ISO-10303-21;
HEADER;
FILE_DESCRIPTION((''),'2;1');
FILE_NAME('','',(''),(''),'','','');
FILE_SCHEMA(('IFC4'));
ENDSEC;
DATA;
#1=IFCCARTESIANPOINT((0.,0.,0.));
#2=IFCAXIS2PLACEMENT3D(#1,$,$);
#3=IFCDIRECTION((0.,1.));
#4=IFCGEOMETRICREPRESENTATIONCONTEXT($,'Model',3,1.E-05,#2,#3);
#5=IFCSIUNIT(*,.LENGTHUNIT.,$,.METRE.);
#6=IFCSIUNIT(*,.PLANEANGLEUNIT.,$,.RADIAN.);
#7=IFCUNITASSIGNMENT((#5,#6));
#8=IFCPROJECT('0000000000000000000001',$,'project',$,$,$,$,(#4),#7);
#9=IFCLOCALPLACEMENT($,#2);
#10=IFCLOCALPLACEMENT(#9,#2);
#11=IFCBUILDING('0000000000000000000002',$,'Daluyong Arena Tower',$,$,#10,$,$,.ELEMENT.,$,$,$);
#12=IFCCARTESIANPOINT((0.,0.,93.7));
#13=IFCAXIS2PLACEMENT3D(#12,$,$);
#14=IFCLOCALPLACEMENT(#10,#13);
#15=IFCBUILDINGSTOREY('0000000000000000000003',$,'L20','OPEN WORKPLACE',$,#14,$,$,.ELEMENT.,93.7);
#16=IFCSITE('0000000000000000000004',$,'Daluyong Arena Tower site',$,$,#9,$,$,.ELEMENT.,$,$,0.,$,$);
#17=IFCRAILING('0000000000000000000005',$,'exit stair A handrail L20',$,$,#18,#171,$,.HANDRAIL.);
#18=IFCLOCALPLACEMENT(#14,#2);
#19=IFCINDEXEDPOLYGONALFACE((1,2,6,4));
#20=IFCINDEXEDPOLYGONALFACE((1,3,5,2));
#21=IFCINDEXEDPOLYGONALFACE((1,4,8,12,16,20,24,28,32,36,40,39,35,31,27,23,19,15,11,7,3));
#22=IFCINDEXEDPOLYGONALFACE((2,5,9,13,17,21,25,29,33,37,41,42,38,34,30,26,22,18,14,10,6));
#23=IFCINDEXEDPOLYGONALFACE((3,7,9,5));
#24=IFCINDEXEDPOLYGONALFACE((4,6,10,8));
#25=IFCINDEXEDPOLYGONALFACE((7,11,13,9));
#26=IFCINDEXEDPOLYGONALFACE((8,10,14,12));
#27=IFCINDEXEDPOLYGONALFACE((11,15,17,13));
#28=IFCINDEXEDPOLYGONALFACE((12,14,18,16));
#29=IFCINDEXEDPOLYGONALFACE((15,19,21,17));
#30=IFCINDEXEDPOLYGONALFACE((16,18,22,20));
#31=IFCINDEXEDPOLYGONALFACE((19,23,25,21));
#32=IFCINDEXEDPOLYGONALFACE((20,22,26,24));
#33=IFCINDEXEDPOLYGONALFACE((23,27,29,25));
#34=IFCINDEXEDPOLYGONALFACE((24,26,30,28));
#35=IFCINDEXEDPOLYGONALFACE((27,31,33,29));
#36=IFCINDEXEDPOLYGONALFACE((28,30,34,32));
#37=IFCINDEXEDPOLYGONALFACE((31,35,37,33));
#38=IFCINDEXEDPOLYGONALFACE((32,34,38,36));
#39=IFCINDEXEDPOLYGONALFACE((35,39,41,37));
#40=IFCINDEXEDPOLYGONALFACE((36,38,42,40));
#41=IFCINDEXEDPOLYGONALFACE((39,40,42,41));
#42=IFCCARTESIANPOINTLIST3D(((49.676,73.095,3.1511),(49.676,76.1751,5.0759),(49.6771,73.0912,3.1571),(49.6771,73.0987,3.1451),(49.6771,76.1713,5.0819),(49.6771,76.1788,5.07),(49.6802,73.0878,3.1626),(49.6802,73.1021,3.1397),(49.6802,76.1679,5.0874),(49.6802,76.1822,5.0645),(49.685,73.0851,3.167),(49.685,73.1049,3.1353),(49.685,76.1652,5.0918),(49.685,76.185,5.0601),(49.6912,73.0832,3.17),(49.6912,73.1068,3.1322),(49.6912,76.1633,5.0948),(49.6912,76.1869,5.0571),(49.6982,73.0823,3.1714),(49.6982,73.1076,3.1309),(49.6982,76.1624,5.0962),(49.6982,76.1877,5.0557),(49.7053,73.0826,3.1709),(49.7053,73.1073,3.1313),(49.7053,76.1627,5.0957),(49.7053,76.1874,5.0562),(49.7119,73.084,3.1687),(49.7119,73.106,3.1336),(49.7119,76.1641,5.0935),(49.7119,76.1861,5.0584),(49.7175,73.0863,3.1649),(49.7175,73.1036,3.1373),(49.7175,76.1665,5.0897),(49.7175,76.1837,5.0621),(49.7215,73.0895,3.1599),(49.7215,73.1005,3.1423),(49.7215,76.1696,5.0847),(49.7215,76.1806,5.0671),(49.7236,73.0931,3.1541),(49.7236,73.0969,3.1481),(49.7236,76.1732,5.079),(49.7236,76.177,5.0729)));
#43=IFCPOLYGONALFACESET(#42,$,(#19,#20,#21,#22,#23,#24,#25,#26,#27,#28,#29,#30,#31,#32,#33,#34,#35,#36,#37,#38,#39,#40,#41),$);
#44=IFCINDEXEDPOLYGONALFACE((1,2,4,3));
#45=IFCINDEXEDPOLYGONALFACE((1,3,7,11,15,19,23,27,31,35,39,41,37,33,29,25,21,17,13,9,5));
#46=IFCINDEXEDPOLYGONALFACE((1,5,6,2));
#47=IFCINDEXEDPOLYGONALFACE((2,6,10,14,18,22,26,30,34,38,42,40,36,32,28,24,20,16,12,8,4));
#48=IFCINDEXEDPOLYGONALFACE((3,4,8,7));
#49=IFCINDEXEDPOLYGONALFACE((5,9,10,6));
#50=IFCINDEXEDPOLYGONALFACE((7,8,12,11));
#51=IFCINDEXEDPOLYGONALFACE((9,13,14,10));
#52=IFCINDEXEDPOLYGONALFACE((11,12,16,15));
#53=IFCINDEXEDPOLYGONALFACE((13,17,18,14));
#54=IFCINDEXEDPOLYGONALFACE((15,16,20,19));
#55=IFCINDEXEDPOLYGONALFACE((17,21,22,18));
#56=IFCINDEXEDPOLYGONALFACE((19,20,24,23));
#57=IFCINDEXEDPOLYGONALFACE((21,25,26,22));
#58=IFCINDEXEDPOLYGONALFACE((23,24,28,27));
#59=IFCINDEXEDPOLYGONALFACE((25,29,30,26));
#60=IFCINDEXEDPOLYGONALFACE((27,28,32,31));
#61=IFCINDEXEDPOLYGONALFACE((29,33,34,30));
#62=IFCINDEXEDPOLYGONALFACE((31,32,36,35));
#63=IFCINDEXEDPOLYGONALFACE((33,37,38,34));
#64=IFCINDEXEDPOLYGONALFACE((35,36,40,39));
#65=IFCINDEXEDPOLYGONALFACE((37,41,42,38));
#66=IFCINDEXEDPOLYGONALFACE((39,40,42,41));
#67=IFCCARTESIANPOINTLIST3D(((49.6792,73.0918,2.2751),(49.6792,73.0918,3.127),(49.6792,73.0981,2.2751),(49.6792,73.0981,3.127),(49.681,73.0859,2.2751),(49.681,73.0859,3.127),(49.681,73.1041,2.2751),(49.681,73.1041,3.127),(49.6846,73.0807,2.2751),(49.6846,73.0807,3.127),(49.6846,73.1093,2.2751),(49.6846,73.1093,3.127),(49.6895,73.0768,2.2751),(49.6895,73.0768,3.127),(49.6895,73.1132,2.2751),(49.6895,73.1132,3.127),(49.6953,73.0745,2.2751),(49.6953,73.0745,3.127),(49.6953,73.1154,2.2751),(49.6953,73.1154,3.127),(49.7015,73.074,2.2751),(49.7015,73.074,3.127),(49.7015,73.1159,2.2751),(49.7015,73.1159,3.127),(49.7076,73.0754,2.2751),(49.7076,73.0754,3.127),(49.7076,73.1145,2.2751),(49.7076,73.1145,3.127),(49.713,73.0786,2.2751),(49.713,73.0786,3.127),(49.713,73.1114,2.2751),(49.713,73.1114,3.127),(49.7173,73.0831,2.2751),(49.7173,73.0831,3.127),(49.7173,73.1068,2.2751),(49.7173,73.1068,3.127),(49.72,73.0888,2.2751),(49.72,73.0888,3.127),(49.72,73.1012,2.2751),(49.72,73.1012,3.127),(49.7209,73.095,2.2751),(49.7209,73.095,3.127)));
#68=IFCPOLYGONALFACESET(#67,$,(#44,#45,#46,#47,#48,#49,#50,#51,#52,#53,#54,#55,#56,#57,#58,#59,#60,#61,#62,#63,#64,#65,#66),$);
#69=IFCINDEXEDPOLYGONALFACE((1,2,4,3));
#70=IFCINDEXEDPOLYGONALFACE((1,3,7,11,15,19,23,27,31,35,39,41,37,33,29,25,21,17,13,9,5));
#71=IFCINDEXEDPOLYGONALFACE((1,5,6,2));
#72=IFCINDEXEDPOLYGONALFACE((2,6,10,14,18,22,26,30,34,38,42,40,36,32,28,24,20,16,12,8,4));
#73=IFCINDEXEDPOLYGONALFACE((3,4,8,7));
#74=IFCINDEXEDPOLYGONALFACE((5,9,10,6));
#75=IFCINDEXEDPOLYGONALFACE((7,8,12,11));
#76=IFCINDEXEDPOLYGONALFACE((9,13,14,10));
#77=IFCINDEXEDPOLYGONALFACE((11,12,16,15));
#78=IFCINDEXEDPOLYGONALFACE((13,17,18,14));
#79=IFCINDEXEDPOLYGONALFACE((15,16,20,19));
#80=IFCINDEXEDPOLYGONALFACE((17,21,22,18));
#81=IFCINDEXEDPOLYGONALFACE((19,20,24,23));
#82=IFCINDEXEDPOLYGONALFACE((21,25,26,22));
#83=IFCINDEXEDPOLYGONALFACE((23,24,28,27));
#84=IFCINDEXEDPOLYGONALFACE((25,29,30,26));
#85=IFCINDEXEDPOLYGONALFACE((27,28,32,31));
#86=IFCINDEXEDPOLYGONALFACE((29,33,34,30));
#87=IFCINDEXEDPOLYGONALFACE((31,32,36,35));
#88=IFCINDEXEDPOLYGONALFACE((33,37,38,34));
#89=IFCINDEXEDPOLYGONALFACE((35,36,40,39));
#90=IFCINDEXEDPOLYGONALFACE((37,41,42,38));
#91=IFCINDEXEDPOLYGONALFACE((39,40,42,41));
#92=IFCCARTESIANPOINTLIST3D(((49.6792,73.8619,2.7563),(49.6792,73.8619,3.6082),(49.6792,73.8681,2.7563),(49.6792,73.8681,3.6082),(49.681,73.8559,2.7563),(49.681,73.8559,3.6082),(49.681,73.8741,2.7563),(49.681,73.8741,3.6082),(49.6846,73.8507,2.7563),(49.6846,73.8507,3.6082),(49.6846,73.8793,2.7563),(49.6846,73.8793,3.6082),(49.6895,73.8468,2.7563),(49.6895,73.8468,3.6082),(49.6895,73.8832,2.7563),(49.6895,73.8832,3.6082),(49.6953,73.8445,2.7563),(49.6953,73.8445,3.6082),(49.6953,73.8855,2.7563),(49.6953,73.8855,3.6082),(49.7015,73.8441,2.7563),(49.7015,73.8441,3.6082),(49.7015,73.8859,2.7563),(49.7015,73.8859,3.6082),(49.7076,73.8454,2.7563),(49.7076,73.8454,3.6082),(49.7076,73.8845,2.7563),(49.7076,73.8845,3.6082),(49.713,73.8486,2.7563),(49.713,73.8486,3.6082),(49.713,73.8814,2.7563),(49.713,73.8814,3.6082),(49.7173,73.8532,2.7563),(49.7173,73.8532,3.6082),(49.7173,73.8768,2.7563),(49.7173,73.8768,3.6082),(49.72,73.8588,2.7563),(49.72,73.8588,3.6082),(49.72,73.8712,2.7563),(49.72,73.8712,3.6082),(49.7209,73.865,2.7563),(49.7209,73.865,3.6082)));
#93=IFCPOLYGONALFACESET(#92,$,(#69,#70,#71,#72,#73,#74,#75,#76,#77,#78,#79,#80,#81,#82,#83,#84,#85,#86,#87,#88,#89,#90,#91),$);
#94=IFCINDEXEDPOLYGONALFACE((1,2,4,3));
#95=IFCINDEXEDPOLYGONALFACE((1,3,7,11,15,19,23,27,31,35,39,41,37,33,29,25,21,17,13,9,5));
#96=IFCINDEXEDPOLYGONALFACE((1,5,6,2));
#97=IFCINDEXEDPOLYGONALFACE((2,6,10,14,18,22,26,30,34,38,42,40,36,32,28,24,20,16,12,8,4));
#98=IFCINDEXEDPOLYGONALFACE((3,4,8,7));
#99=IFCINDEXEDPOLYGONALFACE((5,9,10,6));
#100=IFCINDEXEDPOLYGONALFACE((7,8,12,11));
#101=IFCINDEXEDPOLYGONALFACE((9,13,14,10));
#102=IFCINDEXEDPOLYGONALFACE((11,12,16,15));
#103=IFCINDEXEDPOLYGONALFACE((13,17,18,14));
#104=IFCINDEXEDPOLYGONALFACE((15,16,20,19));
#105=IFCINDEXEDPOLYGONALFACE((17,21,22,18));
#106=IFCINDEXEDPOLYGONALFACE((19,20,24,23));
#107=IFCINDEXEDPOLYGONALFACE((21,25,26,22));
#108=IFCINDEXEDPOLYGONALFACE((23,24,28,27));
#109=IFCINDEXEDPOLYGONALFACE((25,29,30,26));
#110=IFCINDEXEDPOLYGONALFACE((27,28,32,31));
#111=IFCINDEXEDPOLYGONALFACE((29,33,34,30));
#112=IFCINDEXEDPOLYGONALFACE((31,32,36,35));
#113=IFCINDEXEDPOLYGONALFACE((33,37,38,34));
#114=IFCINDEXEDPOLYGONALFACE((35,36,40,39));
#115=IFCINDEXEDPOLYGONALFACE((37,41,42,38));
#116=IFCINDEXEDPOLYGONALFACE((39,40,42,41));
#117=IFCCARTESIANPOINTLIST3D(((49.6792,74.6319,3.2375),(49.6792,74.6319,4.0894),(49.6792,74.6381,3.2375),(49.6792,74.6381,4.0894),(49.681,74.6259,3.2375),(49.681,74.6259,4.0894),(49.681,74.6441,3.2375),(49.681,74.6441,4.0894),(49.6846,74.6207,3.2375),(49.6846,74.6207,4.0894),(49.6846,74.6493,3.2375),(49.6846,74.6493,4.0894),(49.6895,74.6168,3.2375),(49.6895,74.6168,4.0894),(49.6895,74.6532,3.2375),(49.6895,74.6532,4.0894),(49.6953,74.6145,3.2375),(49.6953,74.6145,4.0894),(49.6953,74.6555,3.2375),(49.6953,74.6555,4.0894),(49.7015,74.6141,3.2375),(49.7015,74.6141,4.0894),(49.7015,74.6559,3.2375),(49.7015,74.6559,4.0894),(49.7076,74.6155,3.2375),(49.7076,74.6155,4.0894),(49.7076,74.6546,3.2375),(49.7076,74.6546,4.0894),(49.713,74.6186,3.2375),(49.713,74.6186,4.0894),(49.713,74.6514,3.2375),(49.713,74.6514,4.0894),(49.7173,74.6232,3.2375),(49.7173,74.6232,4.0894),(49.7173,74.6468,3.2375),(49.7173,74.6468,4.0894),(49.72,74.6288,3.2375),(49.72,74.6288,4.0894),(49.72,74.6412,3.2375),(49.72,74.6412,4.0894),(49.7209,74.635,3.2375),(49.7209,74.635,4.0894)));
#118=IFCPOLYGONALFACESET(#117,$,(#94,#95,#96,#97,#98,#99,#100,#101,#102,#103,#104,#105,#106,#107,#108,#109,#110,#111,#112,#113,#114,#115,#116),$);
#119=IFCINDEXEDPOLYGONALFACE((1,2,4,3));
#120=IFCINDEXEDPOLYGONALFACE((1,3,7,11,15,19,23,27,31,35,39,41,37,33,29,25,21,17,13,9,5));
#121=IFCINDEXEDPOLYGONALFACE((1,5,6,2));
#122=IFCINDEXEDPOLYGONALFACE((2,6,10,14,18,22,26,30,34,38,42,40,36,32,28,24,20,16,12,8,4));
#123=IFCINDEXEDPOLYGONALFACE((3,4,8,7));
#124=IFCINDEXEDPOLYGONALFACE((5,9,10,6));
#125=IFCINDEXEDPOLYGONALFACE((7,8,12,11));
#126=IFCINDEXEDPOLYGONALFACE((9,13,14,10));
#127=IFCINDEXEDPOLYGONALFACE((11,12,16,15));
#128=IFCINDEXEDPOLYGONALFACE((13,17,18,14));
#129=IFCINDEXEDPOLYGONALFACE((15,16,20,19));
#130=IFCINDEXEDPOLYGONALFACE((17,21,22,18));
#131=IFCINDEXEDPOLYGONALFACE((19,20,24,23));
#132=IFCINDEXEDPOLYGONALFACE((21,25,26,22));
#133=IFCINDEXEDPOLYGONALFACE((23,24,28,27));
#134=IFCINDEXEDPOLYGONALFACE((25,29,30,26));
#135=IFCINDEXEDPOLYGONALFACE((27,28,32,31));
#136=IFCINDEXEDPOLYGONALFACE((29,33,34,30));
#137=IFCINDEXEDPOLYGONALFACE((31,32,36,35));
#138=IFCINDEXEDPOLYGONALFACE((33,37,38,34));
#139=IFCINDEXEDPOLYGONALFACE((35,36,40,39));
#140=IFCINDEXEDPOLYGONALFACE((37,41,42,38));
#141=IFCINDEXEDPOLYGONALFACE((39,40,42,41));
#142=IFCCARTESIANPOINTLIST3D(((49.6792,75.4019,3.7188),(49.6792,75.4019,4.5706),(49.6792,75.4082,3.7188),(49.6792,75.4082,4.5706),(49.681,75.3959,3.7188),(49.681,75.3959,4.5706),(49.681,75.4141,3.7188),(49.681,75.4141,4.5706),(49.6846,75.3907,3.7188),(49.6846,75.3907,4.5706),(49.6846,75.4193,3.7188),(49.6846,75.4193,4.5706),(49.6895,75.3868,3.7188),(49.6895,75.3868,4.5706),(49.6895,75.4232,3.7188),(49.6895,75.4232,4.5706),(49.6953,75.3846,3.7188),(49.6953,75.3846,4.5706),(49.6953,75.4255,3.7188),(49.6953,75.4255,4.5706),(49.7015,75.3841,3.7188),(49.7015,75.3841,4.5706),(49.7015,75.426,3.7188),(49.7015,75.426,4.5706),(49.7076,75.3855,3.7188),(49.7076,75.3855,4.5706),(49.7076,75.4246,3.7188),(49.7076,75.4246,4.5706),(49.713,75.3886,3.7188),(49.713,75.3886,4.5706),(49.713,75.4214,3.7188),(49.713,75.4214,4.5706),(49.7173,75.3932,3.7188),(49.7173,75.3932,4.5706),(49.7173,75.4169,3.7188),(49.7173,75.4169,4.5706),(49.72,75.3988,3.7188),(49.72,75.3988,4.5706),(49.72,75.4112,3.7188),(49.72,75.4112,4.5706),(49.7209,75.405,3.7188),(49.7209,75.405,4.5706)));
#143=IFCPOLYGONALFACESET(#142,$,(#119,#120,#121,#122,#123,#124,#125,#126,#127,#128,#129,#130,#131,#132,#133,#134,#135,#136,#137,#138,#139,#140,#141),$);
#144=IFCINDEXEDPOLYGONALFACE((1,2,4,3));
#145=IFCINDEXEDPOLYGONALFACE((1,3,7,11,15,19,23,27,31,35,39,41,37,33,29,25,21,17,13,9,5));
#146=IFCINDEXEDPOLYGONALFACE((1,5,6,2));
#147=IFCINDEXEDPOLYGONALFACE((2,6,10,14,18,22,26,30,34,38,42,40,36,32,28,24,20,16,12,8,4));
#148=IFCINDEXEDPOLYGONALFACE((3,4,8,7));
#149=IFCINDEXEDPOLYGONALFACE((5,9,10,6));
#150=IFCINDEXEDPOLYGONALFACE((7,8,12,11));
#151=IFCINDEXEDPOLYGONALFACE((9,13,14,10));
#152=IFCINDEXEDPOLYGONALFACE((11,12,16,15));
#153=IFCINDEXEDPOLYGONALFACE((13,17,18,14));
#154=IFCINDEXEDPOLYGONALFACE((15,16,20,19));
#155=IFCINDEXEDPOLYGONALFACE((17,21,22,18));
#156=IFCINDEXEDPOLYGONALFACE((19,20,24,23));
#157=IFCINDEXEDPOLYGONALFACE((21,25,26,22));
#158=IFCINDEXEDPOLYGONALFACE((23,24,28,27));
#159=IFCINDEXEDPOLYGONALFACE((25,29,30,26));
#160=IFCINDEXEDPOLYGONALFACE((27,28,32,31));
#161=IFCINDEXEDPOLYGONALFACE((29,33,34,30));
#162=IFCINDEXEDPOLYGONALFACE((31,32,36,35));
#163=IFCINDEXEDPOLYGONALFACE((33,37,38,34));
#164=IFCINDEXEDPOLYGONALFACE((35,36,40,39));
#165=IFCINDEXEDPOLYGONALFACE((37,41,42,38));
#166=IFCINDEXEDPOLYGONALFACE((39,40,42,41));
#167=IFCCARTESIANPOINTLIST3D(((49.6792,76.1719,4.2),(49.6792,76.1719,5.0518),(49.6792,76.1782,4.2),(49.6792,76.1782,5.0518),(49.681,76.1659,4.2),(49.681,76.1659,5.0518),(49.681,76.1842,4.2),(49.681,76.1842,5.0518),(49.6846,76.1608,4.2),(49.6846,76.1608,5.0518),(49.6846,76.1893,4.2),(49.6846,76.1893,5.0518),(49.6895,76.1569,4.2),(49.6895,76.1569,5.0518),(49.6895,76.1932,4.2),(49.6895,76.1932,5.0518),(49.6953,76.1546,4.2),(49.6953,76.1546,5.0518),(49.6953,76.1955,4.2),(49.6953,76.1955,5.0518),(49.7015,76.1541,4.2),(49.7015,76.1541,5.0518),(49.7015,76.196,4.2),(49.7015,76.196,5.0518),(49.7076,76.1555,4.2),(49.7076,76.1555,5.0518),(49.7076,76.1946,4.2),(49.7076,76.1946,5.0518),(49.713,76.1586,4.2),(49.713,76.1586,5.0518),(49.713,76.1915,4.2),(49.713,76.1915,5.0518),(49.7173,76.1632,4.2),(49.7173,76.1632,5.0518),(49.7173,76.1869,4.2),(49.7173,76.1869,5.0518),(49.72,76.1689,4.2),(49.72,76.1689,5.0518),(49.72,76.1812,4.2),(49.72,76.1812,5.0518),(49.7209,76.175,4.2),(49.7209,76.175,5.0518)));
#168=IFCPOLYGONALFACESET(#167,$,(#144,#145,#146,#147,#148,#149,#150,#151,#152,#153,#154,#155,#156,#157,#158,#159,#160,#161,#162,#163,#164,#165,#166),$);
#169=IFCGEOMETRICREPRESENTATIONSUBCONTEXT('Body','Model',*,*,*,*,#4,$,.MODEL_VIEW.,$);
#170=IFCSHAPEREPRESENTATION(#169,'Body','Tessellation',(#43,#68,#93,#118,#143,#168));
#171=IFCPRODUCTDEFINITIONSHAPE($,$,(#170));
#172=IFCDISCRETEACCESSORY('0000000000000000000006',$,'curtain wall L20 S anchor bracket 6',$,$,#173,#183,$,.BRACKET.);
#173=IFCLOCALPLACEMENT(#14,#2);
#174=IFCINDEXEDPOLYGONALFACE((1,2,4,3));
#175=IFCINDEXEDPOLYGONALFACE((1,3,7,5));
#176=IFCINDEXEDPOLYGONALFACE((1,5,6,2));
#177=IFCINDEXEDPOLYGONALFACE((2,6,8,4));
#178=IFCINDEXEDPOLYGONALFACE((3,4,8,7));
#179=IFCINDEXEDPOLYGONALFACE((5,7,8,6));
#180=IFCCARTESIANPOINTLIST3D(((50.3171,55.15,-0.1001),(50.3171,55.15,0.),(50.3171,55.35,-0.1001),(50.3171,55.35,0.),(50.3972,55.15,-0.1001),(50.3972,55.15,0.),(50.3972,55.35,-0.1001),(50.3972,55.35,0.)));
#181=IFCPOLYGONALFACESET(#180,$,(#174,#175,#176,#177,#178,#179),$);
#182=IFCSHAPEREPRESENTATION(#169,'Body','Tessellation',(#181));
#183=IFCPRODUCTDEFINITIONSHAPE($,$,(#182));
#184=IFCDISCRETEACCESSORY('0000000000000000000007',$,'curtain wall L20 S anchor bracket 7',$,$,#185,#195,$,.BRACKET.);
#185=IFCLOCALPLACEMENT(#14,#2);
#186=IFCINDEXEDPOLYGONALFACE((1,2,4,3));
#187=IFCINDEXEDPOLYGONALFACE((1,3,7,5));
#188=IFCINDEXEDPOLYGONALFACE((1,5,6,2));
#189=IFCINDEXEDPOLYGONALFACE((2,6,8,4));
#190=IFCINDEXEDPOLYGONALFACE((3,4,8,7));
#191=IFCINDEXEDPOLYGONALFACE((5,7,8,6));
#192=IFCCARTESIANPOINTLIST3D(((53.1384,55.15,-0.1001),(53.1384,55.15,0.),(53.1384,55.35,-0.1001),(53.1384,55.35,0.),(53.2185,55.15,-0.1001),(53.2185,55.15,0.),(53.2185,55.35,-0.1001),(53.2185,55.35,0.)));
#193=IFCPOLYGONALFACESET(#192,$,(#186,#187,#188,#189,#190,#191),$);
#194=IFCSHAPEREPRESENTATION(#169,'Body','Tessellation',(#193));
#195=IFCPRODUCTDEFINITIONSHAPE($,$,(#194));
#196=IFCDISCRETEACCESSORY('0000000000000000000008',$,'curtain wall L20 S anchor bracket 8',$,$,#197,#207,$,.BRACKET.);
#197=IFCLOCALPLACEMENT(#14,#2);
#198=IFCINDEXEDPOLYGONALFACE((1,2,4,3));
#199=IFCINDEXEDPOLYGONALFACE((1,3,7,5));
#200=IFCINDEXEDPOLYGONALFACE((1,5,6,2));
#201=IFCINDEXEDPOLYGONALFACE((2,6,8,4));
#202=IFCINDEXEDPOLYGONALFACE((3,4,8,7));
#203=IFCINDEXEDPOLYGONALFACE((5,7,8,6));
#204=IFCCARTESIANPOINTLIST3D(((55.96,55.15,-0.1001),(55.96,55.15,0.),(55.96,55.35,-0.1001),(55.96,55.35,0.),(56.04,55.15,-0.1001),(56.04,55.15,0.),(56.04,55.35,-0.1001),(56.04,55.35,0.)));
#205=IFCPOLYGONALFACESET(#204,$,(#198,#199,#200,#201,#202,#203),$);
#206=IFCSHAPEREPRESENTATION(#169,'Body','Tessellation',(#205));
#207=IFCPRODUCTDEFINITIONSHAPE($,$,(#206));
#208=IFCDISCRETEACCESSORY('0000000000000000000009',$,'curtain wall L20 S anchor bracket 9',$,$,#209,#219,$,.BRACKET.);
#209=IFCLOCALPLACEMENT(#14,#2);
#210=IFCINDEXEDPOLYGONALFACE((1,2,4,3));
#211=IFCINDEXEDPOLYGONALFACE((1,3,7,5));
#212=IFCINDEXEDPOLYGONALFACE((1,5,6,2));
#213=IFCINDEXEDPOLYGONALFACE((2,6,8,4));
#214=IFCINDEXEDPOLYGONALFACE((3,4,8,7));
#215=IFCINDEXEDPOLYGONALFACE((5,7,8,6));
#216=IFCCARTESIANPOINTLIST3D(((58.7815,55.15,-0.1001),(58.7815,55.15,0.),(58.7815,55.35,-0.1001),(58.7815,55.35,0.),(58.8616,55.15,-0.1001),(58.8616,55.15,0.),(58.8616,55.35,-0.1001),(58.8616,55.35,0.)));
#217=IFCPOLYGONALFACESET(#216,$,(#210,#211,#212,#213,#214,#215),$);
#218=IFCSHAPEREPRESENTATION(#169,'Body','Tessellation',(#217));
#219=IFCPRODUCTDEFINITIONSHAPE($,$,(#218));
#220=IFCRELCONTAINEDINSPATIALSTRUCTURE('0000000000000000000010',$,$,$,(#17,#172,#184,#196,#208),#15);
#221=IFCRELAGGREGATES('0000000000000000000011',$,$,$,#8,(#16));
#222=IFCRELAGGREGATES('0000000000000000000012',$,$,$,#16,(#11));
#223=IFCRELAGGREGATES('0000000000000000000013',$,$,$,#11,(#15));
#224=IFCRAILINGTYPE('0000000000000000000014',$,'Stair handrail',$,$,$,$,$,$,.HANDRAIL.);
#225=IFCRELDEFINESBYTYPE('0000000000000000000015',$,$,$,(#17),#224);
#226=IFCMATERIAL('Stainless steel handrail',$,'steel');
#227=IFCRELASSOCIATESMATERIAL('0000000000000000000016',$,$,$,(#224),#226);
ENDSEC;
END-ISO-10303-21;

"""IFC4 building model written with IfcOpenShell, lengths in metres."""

from ifc_helpers import new_model, si_unit, direction, frame, origin, origin_2d, place, context, subcontext, project, spatial, rectangle, circle, extrude, material, type_object, element, save


model = new_model("IFC4")

# Units and contexts
model_context = context("Model", 3, precision=1e-05, world=origin(), true_north=direction((0.0, 1.0)))
body_context = subcontext(model_context, "Body", "Model", "MODEL_VIEW")
ifc_project = project(units=[si_unit("LENGTHUNIT", "METRE"), si_unit("PLANEANGLEUNIT", "RADIAN")], contexts=[model_context])

# Site, building, storey
site_placement = place(None, origin())
site = spatial("IfcSite", under=ifc_project, at=site_placement, Name="Daluyong Arena Tower site", CompositionType="ELEMENT", RefElevation=0.0)
building_placement = place(site_placement, origin())
building = spatial("IfcBuilding", under=site, at=building_placement, Name="Daluyong Arena Tower", CompositionType="ELEMENT")
storey_placement = place(building_placement, frame((0.0, 0.0, 93.7)))
storey = spatial("IfcBuildingStorey", under=building, at=storey_placement, Name="L20", Description="OPEN WORKPLACE", CompositionType="ELEMENT", Elevation=93.7)

# Railing
ifc_material_1 = material(Name="Stainless steel handrail", Category="steel")
railing_type = type_object("IfcRailingType", Name="Stair handrail", PredefinedType="HANDRAIL", material=ifc_material_1)
railing_placement = place(storey_placement, frame((49.7, 73.095, 2.2751)))
element("IfcRailing", 1, at=railing_placement, inside=storey, type_object=railing_type, Name="exit stair A handrail L20", PredefinedType="HANDRAIL", context=body_context, shape_type="SweptSolid", body=[
    extrude(circle(Radius=0.0239, at=origin_2d()), frame((0.0, 0.0, 0.876), z_axis=(0.0, 0.848029, 0.529951), x_axis=(-1.0, 0.0, 0.0)), (0.0, 0.0, 1.0), 3.6321),
    extrude(circle(Radius=0.021, at=origin_2d()), origin(), (0.0, 0.0, 1.0), 0.8518),
    extrude(circle(Radius=0.021, at=origin_2d()), frame((0.0, 0.77, 0.4812)), (0.0, 0.0, 1.0), 0.8518),
    extrude(circle(Radius=0.021, at=origin_2d()), frame((0.0, 1.54, 0.9624)), (0.0, 0.0, 1.0), 0.8518),
    extrude(circle(Radius=0.021, at=origin_2d()), frame((0.0, 2.3101, 1.4436)), (0.0, 0.0, 1.0), 0.8518),
    extrude(circle(Radius=0.021, at=origin_2d()), frame((0.0, 3.0801, 1.9248)), (0.0, 0.0, 1.0), 0.8518),
])

# Discrete accessories
for number, where, z_axis, x_axis, name in (
    (2, (50.3572, 55.25, -0.1001), (0.0, 0.0, 1.0), (1.0, 0.0, 0.0), "curtain wall L20 S anchor bracket 6"),
    (3, (53.1785, 55.25, -0.1001), (0.0, 0.0, 1.0), (1.0, 0.0, 0.0), "curtain wall L20 S anchor bracket 7"),
    (4, (56.0, 55.25, -0.1001), (0.0, 0.0, 1.0), (1.0, 0.0, 0.0), "curtain wall L20 S anchor bracket 8"),
    (5, (58.8215, 55.25, -0.1001), (0.0, 0.0, 1.0), (1.0, 0.0, 0.0), "curtain wall L20 S anchor bracket 9"),
):
    element("IfcDiscreteAccessory", number, at=place(storey_placement, frame(where, z_axis=z_axis, x_axis=x_axis)), inside=storey, Name=name, PredefinedType="BRACKET", context=body_context, shape_type="SweptSolid", body=[
        extrude(rectangle(XDim=0.0801, YDim=0.2, at=origin_2d()), origin(), (0.0, 0.0, 1.0), 0.1001),
    ])

save(model, "model.ifc")
